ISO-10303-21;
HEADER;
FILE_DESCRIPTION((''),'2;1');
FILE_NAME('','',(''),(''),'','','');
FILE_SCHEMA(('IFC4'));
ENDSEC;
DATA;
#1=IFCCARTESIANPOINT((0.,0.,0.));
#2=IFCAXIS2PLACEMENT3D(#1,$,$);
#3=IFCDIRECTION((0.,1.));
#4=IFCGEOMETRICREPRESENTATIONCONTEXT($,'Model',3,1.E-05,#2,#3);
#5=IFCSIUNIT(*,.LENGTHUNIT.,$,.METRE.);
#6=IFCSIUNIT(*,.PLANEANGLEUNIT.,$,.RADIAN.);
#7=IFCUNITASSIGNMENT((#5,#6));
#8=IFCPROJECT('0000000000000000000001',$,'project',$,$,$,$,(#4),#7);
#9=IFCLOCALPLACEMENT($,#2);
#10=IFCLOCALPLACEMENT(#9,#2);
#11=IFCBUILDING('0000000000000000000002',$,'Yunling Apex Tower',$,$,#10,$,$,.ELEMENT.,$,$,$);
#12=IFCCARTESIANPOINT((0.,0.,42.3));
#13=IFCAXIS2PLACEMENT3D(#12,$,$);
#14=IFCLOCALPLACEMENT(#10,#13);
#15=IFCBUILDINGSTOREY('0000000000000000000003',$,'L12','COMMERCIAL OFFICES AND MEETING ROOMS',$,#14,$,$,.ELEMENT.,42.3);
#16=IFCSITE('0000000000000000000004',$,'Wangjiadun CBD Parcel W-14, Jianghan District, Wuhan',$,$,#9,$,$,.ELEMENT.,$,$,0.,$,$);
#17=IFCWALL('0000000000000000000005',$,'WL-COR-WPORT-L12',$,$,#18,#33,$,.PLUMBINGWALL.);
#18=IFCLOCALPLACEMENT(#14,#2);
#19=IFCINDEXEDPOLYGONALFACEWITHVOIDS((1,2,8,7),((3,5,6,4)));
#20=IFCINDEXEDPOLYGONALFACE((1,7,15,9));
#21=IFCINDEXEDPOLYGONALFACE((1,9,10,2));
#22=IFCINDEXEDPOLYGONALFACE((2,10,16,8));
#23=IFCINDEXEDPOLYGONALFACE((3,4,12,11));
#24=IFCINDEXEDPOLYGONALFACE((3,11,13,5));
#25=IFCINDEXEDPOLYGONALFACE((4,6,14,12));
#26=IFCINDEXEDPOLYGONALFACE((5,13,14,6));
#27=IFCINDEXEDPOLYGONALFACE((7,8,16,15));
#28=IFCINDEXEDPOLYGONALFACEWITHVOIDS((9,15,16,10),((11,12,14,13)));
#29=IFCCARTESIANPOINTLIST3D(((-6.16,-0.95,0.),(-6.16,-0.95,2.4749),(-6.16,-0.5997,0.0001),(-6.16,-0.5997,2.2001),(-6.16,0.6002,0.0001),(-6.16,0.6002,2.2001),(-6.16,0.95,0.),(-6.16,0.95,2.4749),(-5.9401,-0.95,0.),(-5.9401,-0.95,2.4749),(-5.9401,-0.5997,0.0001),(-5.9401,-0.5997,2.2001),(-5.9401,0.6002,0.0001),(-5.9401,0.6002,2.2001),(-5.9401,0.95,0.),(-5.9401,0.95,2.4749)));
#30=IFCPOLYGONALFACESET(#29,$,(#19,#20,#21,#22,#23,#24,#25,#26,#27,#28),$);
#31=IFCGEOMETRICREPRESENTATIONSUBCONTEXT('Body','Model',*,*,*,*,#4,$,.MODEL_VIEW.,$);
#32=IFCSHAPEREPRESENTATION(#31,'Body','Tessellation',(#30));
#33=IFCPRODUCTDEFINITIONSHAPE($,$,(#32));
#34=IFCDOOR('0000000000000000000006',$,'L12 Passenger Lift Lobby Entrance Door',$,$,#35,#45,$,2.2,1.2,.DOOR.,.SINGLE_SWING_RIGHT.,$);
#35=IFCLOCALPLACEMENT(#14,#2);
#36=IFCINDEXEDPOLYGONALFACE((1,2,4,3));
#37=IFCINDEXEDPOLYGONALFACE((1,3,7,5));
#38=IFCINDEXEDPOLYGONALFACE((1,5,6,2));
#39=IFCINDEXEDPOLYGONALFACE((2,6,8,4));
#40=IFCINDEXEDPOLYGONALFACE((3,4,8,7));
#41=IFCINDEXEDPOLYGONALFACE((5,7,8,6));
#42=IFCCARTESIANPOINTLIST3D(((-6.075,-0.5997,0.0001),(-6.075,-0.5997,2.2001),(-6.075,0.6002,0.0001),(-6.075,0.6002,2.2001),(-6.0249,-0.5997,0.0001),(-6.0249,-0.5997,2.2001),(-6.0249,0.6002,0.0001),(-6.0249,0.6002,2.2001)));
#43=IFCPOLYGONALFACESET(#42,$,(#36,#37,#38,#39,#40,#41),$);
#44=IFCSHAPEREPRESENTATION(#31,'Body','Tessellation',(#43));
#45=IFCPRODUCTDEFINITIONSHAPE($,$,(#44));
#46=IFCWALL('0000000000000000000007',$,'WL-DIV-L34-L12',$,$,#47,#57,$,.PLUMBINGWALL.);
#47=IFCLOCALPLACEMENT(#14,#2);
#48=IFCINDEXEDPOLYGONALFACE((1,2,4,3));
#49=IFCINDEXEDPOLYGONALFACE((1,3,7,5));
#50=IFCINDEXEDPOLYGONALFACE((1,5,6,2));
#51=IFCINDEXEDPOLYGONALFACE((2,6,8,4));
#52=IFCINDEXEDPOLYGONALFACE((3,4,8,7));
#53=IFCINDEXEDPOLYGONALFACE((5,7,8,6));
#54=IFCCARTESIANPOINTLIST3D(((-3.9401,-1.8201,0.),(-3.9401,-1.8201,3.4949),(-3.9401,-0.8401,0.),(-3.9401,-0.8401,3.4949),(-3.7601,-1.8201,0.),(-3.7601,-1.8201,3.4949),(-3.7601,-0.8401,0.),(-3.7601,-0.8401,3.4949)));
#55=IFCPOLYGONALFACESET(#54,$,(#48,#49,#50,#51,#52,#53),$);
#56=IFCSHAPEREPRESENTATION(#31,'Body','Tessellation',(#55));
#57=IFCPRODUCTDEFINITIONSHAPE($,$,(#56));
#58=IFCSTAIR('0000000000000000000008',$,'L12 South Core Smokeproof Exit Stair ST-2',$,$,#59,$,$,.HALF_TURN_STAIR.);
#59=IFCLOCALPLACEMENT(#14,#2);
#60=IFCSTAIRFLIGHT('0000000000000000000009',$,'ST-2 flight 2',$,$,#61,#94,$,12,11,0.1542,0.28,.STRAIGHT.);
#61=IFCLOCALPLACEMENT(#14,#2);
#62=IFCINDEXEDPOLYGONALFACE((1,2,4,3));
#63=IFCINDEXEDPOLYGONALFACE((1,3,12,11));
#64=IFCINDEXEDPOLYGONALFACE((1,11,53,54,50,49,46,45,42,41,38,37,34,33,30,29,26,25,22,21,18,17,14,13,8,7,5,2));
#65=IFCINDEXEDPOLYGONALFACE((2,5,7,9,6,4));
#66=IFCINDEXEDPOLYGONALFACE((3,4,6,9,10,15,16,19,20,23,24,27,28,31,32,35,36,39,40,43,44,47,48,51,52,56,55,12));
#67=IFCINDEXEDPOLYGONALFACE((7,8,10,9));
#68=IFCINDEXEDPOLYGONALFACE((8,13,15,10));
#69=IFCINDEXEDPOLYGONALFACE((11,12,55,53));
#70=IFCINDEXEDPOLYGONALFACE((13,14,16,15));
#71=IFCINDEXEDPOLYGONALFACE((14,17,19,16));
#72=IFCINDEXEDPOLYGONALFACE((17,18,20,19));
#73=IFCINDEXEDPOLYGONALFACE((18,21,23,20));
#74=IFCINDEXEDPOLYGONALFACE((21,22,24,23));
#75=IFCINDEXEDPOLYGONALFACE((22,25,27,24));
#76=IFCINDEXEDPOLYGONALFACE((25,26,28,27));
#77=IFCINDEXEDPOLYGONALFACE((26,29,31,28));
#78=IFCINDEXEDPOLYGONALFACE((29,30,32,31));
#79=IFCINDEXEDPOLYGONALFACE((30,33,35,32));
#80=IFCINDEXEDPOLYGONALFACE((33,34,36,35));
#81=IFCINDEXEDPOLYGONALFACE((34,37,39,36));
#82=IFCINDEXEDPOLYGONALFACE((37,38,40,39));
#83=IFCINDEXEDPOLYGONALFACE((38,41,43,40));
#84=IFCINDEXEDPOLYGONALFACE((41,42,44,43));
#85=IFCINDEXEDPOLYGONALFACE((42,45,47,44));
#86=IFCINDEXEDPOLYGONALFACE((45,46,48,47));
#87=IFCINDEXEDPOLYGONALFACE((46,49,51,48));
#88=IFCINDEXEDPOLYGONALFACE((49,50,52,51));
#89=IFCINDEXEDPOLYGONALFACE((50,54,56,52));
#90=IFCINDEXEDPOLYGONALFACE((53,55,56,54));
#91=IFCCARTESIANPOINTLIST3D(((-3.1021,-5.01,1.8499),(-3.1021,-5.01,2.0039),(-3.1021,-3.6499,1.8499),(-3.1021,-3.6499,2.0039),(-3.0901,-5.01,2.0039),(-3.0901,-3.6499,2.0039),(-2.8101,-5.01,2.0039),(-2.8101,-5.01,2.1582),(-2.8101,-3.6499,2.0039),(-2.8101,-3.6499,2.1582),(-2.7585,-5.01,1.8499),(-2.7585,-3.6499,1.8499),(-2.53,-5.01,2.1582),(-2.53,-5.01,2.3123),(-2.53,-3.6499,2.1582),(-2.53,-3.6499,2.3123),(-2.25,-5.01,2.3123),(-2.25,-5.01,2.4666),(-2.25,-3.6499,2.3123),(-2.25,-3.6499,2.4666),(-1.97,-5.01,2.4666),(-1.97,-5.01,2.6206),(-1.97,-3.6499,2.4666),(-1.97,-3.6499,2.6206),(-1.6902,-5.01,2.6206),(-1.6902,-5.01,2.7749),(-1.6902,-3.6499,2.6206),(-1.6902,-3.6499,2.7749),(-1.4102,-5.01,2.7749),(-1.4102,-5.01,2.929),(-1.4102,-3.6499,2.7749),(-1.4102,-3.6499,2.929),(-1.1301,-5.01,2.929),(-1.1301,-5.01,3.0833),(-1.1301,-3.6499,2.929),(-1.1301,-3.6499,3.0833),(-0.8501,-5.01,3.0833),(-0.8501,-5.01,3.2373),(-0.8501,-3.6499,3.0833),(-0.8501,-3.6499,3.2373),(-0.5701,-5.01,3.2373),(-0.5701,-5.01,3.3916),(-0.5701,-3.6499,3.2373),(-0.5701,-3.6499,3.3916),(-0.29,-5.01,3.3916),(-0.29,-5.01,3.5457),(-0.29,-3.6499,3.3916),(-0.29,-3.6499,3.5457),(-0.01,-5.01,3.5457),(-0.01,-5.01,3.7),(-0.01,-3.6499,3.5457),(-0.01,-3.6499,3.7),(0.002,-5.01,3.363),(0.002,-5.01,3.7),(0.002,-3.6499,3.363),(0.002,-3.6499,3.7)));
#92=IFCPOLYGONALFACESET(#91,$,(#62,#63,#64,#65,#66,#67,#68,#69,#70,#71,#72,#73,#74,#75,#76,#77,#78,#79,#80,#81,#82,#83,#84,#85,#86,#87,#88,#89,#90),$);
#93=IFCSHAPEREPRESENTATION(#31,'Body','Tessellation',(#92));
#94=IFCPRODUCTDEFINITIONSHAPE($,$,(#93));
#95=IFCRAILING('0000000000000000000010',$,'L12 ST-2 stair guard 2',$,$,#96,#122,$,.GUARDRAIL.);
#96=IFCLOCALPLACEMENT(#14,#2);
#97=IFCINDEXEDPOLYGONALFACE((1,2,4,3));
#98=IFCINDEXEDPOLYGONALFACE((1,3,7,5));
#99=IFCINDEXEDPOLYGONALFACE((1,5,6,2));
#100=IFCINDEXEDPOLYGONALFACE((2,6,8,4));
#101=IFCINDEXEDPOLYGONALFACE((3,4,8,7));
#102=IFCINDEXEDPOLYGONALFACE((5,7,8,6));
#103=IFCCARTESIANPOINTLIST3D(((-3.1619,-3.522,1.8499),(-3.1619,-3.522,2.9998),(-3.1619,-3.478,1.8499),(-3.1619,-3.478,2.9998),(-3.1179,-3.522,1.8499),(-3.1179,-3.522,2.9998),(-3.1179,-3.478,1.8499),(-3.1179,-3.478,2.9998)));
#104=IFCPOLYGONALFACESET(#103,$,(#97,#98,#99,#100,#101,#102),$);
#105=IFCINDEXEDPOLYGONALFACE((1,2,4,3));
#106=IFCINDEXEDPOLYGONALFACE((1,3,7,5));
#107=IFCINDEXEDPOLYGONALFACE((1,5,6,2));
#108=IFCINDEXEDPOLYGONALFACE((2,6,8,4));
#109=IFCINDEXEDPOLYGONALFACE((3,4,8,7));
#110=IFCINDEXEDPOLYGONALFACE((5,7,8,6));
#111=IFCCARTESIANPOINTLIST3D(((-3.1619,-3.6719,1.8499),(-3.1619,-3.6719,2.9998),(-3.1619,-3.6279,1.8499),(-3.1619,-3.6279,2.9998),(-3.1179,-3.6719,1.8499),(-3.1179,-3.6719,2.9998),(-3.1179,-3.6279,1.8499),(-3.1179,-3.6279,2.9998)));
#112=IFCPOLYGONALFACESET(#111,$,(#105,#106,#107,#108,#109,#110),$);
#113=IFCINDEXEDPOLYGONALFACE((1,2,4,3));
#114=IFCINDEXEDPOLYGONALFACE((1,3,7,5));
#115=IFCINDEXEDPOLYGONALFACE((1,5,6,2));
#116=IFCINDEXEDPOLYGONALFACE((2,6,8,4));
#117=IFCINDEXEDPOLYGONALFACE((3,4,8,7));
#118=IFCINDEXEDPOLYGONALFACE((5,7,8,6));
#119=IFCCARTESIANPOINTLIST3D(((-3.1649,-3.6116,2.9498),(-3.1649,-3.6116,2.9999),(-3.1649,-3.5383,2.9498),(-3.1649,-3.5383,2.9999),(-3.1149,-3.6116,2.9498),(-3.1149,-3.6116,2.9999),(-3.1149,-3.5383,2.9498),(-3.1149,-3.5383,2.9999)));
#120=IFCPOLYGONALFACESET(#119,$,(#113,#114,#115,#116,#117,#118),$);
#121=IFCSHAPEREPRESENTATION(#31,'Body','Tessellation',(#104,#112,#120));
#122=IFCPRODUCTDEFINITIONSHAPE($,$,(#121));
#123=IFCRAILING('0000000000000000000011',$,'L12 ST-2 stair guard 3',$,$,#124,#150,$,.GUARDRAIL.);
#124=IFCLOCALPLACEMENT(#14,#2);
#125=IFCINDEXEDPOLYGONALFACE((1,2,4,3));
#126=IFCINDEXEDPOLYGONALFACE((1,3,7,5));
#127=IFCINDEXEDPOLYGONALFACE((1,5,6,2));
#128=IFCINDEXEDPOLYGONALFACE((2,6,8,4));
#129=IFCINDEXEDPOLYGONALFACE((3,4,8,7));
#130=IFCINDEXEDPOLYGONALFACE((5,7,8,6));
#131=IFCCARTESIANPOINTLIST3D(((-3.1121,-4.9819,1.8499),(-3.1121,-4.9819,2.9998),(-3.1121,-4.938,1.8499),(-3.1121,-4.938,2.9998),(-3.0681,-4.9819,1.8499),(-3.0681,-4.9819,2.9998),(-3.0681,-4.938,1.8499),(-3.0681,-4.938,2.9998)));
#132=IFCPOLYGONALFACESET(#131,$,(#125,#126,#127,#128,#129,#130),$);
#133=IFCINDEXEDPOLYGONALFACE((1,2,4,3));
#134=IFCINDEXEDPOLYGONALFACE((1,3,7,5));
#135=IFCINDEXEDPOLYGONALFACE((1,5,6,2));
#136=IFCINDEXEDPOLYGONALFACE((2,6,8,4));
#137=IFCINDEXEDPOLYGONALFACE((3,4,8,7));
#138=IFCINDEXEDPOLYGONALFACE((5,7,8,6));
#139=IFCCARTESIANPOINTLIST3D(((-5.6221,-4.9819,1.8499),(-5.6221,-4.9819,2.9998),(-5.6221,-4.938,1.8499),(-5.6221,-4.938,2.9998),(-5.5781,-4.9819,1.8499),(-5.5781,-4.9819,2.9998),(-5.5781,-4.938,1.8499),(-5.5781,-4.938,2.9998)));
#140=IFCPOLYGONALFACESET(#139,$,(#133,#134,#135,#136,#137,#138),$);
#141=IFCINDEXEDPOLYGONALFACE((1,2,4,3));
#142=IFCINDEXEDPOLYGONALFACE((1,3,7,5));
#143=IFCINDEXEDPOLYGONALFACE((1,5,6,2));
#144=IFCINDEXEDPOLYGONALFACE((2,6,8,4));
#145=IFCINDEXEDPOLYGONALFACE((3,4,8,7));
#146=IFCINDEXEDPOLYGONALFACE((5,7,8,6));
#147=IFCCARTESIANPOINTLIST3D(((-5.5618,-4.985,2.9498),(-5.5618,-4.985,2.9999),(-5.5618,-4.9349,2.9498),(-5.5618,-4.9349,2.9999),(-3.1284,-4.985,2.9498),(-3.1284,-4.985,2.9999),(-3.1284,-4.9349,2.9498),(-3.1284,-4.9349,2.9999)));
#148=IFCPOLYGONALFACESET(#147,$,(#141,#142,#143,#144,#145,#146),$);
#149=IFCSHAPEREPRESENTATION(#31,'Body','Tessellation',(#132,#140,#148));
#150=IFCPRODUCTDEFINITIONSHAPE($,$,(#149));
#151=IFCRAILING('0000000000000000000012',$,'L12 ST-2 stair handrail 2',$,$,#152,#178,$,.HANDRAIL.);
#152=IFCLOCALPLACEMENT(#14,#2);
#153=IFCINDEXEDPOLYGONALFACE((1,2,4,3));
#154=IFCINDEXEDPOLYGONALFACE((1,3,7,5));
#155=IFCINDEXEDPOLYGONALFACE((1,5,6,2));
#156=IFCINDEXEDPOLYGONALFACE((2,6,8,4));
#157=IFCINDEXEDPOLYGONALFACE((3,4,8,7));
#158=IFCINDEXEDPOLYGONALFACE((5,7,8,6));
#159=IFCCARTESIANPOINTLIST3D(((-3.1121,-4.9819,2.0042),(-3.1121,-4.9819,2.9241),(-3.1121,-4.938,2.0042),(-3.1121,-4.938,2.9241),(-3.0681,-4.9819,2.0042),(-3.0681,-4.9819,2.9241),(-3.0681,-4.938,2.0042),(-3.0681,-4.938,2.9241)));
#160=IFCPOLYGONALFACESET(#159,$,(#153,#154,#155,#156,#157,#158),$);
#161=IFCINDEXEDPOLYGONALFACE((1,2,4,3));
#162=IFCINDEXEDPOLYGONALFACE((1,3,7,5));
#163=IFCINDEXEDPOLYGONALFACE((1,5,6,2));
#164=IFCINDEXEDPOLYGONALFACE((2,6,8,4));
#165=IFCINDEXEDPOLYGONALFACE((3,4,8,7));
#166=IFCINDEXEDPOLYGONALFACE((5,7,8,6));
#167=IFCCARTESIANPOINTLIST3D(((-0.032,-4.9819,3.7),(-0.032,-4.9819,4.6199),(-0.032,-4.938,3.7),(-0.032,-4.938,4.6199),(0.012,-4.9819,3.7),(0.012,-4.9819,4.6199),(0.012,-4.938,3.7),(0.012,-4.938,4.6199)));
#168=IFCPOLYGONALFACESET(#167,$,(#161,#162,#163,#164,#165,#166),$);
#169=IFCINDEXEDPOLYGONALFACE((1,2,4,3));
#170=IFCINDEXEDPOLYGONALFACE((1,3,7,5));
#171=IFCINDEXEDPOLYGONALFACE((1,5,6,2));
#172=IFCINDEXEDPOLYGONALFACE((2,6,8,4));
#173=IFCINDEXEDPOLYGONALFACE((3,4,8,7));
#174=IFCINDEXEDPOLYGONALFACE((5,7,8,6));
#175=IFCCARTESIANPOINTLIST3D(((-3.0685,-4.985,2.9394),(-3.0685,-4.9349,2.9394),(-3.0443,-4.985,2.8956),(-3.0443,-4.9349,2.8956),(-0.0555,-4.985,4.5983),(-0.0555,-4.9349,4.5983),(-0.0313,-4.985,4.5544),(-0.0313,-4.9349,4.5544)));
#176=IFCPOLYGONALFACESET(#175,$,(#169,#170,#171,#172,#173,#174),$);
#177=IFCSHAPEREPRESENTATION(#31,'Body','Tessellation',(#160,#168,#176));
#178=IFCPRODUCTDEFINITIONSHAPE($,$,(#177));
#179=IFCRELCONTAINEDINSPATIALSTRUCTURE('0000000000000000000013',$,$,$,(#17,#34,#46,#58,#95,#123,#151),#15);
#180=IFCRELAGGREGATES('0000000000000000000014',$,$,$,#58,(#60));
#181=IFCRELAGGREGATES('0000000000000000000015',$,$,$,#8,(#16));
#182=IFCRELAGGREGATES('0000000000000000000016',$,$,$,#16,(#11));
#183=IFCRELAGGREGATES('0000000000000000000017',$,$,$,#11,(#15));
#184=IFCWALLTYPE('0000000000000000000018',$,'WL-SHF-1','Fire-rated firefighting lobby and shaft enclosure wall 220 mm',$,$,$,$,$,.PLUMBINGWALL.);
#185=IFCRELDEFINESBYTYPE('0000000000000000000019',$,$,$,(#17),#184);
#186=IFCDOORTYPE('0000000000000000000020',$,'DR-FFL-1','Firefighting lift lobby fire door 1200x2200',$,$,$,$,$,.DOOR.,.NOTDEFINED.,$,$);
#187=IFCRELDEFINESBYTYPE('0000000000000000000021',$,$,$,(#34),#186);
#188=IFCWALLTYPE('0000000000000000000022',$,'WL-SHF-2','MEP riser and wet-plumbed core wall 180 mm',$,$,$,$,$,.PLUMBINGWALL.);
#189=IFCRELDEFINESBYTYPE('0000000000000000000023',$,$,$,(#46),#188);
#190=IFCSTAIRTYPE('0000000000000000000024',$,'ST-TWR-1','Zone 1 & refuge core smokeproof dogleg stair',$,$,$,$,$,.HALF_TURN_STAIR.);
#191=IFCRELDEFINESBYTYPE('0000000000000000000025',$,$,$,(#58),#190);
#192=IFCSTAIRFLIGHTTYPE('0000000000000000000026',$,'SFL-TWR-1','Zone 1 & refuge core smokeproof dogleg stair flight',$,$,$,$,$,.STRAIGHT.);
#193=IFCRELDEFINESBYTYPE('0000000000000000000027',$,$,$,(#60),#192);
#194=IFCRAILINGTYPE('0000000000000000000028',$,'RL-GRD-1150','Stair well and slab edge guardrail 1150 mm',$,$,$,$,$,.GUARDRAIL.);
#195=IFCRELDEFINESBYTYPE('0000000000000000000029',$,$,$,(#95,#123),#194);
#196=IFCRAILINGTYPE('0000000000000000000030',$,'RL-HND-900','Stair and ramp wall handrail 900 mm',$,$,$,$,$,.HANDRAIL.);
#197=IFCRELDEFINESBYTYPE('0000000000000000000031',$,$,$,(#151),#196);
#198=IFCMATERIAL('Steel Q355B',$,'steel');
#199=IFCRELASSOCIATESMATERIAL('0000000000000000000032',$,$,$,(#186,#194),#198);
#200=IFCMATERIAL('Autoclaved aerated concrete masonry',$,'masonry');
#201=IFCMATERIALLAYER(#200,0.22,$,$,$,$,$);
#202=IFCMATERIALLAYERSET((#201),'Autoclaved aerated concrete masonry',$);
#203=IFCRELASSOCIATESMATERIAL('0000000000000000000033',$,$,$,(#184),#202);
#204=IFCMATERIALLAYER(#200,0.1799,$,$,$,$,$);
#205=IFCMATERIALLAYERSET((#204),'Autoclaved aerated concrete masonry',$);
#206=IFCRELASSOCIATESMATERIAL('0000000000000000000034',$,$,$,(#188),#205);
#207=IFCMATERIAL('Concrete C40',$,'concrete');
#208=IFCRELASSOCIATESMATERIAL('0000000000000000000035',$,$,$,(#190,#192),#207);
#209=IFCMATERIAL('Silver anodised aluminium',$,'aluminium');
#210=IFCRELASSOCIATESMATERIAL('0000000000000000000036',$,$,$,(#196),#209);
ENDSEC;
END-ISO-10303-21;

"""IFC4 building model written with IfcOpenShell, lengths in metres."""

from ifc_helpers import new_model, si_unit, direction, frame, frame_2d, origin, origin_2d, place, context, subcontext, project, spatial, polyline, rectangle, outline, extrude, material, layer, layer_set, type_object, element, fill, aggregate, save


model = new_model("IFC4")

# Units and contexts
model_context = context("Model", 3, precision=1e-05, world=origin(), true_north=direction((0.0, 1.0)))
body_context = subcontext(model_context, "Body", "Model", "MODEL_VIEW")
ifc_project = project(units=[si_unit("LENGTHUNIT", "METRE"), si_unit("PLANEANGLEUNIT", "RADIAN")], contexts=[model_context])

# Site, building, storey
site_placement = place(None, origin())
site = spatial("IfcSite", under=ifc_project, at=site_placement, Name="Wangjiadun CBD Parcel W-14, Jianghan District, Wuhan", CompositionType="ELEMENT", RefElevation=0.0)
building_placement = place(site_placement, origin())
building = spatial("IfcBuilding", under=site, at=building_placement, Name="Yunling Apex Tower", CompositionType="ELEMENT")
storey_placement = place(building_placement, frame((0.0, 0.0, 42.3)))
storey = spatial("IfcBuildingStorey", under=building, at=storey_placement, Name="L12", Description="COMMERCIAL OFFICES AND MEETING ROOMS", CompositionType="ELEMENT", Elevation=42.3)

# Shared definitions
ifc_material_1 = material(Name="Steel Q355B", Category="steel")

# Shared definitions
door_type = type_object("IfcDoorType", Name="DR-FFL-1", Description="Firefighting lift lobby fire door 1200x2200", OperationType="NOTDEFINED", PredefinedType="DOOR", material=ifc_material_1)

# Shared definitions
ifc_material_2 = material(Name="Concrete C40", Category="concrete")

# Wall, opening, door
ifc_material_3 = material(Name="Autoclaved aerated concrete masonry", Category="masonry")
ifc_layer_1 = layer(ifc_material_3, 0.22)
ifc_layer_set_1 = layer_set([ifc_layer_1], Name="Autoclaved aerated concrete masonry")
wall_type_1 = type_object("IfcWallType", Name="WL-SHF-1", Description="Fire-rated firefighting lobby and shaft enclosure wall 220 mm", PredefinedType="PLUMBINGWALL", material=ifc_layer_set_1)
wall_1_placement = place(storey_placement, frame((-6.05, -0.95, 0.0), z_axis=(0.0, 0.0, 1.0), x_axis=(0.0, 1.0, 0.0)))
wall_1 = element("IfcWall", 1, at=wall_1_placement, inside=storey, type_object=wall_type_1, Name="WL-COR-WPORT-L12", PredefinedType="PLUMBINGWALL", context=body_context, shape_type="SweptSolid", body=[
    extrude(rectangle(XDim=1.8999, YDim=0.22, at=frame_2d((0.95, 0.0))), origin(), (0.0, 0.0, 1.0), 2.4749),
])
opening_1_placement = place(wall_1_placement, frame((0.3501, 0.0, 0.0)))
opening_1 = element("IfcOpeningElement", 2, at=opening_1_placement, cuts=wall_1, PredefinedType="OPENING", context=body_context, shape_type="SweptSolid", body=[
    extrude(rectangle(XDim=1.2, YDim=2.2, at=frame_2d((0.6001, 1.1001))), frame((0.0, 0.1201, 0.0), z_axis=(0.0, -1.0, 0.0), x_axis=(1.0, 0.0, 0.0)), (0.0, 0.0, 1.0), 0.24),
])
door_1_placement = place(opening_1_placement, origin())
door_1 = element("IfcDoor", 3, at=door_1_placement, inside=storey, type_object=door_type, Name="L12 Passenger Lift Lobby Entrance Door", OperationType="SINGLE_SWING_RIGHT", OverallHeight=2.2, OverallWidth=1.2, PredefinedType="DOOR", context=body_context, shape_type="SweptSolid", body=[
    extrude(rectangle(XDim=1.2, YDim=2.2, at=frame_2d((0.6001, 1.1001))), frame((0.0, 0.0249, 0.0), z_axis=(0.0, -1.0, 0.0), x_axis=(1.0, 0.0, 0.0)), (0.0, 0.0, 1.0), 0.05),
])
fill(opening_1, door_1)

# Wall
ifc_layer_2 = layer(ifc_material_3, 0.1799)
ifc_layer_set_2 = layer_set([ifc_layer_2], Name="Autoclaved aerated concrete masonry")
wall_type_2 = type_object("IfcWallType", Name="WL-SHF-2", Description="MEP riser and wet-plumbed core wall 180 mm", PredefinedType="PLUMBINGWALL", material=ifc_layer_set_2)
wall_2_placement = place(storey_placement, frame((-3.8501, -1.8201, 0.0), z_axis=(0.0, 0.0, 1.0), x_axis=(0.0, 1.0, 0.0)))
element("IfcWall", 4, at=wall_2_placement, inside=storey, type_object=wall_type_2, Name="WL-DIV-L34-L12", PredefinedType="PLUMBINGWALL", context=body_context, shape_type="SweptSolid", body=[
    extrude(rectangle(XDim=0.98, YDim=0.1799, at=frame_2d((0.49, 0.0))), origin(), (0.0, 0.0, 1.0), 3.4949),
])

# Stair, stair flight
stair_type = type_object("IfcStairType", Name="ST-TWR-1", Description="Zone 1 & refuge core smokeproof dogleg stair", PredefinedType="HALF_TURN_STAIR", material=ifc_material_2)
stair_placement = place(storey_placement, origin())
stair = element("IfcStair", 5, at=stair_placement, inside=storey, type_object=stair_type, Name="L12 South Core Smokeproof Exit Stair ST-2", PredefinedType="HALF_TURN_STAIR")
stair_flight_type = type_object("IfcStairFlightType", Name="SFL-TWR-1", Description="Zone 1 & refuge core smokeproof dogleg stair flight", PredefinedType="STRAIGHT", material=ifc_material_2)
stair_flight_placement = place(storey_placement, frame((-3.0901, -4.3301, 1.8499), z_axis=(0.0, 0.0, 1.0), x_axis=(1.0, 0.0, 0.0)))
stair_flight = element("IfcStairFlight", 6, at=stair_flight_placement, type_object=stair_flight_type, Name="ST-2 flight 2", NumberOfRisers=12, NumberOfTreads=11, PredefinedType="STRAIGHT", RiserHeight=0.1542, TreadLength=0.28, context=body_context, shape_type="SweptSolid", body=[
    extrude(outline(polyline([(-0.012, 0.0), (-0.012, 0.1541), (0.0, 0.1541), (0.28, 0.1541), (0.28, 0.3083), (0.5601, 0.3083), (0.5601, 0.4624), (0.8401, 0.4624), (0.8401, 0.6167), (1.1201, 0.6167), (1.1201, 0.7708), (1.3999, 0.7708), (1.3999, 0.925), (1.6799, 0.925), (1.6799, 1.0791), (1.96, 1.0791), (1.96, 1.2334), (2.24, 1.2334), (2.24, 1.3875), (2.52, 1.3875), (2.52, 1.5417), (2.8, 1.5417), (2.8, 1.6958), (3.0801, 1.6958), (3.0801, 1.8501), (3.092, 1.8501), (3.092, 1.5132), (0.3315, 0.0), (-0.012, 0.0)])), frame((0.0, 0.6802, 0.0), z_axis=(0.0, -1.0, 0.0), x_axis=(1.0, 0.0, 0.0)), (0.0, 0.0, 1.0), 1.3601),
])
aggregate(stair, [stair_flight])

# Railings
railing_type_1 = type_object("IfcRailingType", Name="RL-GRD-1150", Description="Stair well and slab edge guardrail 1150 mm", PredefinedType="GUARDRAIL", material=ifc_material_1)
railing_1_placement = place(storey_placement, frame((-3.1399, -3.5, 1.8499)))
element("IfcRailing", 7, at=railing_1_placement, inside=storey, type_object=railing_type_1, Name="L12 ST-2 stair guard 2", PredefinedType="GUARDRAIL", context=body_context, shape_type="SweptSolid", body=[
    extrude(rectangle(XDim=0.0439, YDim=0.0439, at=origin_2d()), origin(), (0.0, 0.0, 1.0), 1.1499),
    extrude(rectangle(XDim=0.0439, YDim=0.0439, at=origin_2d()), frame((0.0, -0.1499, 0.0)), (0.0, 0.0, 1.0), 1.1499),
    extrude(rectangle(XDim=0.05, YDim=0.05, at=origin_2d()), frame((0.0, -0.0383, 1.125), z_axis=(0.0, -1.0, 0.0), x_axis=(1.0, 0.0, 0.0)), (0.0, 0.0, 1.0), 0.0732),
])
railing_2_placement = place(storey_placement, frame((-3.0901, -4.96, 1.8499)))
element("IfcRailing", 8, at=railing_2_placement, inside=storey, type_object=railing_type_1, Name="L12 ST-2 stair guard 3", PredefinedType="GUARDRAIL", context=body_context, shape_type="SweptSolid", body=[
    extrude(rectangle(XDim=0.0439, YDim=0.0439, at=origin_2d()), origin(), (0.0, 0.0, 1.0), 1.1499),
    extrude(rectangle(XDim=0.0439, YDim=0.0439, at=origin_2d()), frame((-2.51, 0.0, 0.0)), (0.0, 0.0, 1.0), 1.1499),
    extrude(rectangle(XDim=0.05, YDim=0.05, at=origin_2d()), frame((-0.0383, 0.0, 1.125), z_axis=(-1.0, 0.0, 0.0), x_axis=(0.0, -1.0, 0.0)), (0.0, 0.0, 1.0), 2.4333),
])
ifc_material_4 = material(Name="Silver anodised aluminium", Category="aluminium")
railing_type_2 = type_object("IfcRailingType", Name="RL-HND-900", Description="Stair and ramp wall handrail 900 mm", PredefinedType="HANDRAIL", material=ifc_material_4)
railing_3_placement = place(storey_placement, frame((-3.0901, -4.96, 2.0042)))
element("IfcRailing", 9, at=railing_3_placement, inside=storey, type_object=railing_type_2, Name="L12 ST-2 stair handrail 2", PredefinedType="HANDRAIL", context=body_context, shape_type="SweptSolid", body=[
    extrude(rectangle(XDim=0.0439, YDim=0.0439, at=origin_2d()), origin(), (0.0, 0.0, 1.0), 0.9199),
    extrude(rectangle(XDim=0.0439, YDim=0.0439, at=origin_2d()), frame((3.0801, 0.0, 1.6958)), (0.0, 0.0, 1.0), 0.9199),
    extrude(rectangle(XDim=0.05, YDim=0.05, at=origin_2d()), frame((0.0337, 0.0, 0.9133), z_axis=(0.876005, 0.0, 0.482303), x_axis=(0.0, 1.0, 0.0)), (0.0, 0.0, 1.0), 3.4395),
])

save(model, "model.ifc")
